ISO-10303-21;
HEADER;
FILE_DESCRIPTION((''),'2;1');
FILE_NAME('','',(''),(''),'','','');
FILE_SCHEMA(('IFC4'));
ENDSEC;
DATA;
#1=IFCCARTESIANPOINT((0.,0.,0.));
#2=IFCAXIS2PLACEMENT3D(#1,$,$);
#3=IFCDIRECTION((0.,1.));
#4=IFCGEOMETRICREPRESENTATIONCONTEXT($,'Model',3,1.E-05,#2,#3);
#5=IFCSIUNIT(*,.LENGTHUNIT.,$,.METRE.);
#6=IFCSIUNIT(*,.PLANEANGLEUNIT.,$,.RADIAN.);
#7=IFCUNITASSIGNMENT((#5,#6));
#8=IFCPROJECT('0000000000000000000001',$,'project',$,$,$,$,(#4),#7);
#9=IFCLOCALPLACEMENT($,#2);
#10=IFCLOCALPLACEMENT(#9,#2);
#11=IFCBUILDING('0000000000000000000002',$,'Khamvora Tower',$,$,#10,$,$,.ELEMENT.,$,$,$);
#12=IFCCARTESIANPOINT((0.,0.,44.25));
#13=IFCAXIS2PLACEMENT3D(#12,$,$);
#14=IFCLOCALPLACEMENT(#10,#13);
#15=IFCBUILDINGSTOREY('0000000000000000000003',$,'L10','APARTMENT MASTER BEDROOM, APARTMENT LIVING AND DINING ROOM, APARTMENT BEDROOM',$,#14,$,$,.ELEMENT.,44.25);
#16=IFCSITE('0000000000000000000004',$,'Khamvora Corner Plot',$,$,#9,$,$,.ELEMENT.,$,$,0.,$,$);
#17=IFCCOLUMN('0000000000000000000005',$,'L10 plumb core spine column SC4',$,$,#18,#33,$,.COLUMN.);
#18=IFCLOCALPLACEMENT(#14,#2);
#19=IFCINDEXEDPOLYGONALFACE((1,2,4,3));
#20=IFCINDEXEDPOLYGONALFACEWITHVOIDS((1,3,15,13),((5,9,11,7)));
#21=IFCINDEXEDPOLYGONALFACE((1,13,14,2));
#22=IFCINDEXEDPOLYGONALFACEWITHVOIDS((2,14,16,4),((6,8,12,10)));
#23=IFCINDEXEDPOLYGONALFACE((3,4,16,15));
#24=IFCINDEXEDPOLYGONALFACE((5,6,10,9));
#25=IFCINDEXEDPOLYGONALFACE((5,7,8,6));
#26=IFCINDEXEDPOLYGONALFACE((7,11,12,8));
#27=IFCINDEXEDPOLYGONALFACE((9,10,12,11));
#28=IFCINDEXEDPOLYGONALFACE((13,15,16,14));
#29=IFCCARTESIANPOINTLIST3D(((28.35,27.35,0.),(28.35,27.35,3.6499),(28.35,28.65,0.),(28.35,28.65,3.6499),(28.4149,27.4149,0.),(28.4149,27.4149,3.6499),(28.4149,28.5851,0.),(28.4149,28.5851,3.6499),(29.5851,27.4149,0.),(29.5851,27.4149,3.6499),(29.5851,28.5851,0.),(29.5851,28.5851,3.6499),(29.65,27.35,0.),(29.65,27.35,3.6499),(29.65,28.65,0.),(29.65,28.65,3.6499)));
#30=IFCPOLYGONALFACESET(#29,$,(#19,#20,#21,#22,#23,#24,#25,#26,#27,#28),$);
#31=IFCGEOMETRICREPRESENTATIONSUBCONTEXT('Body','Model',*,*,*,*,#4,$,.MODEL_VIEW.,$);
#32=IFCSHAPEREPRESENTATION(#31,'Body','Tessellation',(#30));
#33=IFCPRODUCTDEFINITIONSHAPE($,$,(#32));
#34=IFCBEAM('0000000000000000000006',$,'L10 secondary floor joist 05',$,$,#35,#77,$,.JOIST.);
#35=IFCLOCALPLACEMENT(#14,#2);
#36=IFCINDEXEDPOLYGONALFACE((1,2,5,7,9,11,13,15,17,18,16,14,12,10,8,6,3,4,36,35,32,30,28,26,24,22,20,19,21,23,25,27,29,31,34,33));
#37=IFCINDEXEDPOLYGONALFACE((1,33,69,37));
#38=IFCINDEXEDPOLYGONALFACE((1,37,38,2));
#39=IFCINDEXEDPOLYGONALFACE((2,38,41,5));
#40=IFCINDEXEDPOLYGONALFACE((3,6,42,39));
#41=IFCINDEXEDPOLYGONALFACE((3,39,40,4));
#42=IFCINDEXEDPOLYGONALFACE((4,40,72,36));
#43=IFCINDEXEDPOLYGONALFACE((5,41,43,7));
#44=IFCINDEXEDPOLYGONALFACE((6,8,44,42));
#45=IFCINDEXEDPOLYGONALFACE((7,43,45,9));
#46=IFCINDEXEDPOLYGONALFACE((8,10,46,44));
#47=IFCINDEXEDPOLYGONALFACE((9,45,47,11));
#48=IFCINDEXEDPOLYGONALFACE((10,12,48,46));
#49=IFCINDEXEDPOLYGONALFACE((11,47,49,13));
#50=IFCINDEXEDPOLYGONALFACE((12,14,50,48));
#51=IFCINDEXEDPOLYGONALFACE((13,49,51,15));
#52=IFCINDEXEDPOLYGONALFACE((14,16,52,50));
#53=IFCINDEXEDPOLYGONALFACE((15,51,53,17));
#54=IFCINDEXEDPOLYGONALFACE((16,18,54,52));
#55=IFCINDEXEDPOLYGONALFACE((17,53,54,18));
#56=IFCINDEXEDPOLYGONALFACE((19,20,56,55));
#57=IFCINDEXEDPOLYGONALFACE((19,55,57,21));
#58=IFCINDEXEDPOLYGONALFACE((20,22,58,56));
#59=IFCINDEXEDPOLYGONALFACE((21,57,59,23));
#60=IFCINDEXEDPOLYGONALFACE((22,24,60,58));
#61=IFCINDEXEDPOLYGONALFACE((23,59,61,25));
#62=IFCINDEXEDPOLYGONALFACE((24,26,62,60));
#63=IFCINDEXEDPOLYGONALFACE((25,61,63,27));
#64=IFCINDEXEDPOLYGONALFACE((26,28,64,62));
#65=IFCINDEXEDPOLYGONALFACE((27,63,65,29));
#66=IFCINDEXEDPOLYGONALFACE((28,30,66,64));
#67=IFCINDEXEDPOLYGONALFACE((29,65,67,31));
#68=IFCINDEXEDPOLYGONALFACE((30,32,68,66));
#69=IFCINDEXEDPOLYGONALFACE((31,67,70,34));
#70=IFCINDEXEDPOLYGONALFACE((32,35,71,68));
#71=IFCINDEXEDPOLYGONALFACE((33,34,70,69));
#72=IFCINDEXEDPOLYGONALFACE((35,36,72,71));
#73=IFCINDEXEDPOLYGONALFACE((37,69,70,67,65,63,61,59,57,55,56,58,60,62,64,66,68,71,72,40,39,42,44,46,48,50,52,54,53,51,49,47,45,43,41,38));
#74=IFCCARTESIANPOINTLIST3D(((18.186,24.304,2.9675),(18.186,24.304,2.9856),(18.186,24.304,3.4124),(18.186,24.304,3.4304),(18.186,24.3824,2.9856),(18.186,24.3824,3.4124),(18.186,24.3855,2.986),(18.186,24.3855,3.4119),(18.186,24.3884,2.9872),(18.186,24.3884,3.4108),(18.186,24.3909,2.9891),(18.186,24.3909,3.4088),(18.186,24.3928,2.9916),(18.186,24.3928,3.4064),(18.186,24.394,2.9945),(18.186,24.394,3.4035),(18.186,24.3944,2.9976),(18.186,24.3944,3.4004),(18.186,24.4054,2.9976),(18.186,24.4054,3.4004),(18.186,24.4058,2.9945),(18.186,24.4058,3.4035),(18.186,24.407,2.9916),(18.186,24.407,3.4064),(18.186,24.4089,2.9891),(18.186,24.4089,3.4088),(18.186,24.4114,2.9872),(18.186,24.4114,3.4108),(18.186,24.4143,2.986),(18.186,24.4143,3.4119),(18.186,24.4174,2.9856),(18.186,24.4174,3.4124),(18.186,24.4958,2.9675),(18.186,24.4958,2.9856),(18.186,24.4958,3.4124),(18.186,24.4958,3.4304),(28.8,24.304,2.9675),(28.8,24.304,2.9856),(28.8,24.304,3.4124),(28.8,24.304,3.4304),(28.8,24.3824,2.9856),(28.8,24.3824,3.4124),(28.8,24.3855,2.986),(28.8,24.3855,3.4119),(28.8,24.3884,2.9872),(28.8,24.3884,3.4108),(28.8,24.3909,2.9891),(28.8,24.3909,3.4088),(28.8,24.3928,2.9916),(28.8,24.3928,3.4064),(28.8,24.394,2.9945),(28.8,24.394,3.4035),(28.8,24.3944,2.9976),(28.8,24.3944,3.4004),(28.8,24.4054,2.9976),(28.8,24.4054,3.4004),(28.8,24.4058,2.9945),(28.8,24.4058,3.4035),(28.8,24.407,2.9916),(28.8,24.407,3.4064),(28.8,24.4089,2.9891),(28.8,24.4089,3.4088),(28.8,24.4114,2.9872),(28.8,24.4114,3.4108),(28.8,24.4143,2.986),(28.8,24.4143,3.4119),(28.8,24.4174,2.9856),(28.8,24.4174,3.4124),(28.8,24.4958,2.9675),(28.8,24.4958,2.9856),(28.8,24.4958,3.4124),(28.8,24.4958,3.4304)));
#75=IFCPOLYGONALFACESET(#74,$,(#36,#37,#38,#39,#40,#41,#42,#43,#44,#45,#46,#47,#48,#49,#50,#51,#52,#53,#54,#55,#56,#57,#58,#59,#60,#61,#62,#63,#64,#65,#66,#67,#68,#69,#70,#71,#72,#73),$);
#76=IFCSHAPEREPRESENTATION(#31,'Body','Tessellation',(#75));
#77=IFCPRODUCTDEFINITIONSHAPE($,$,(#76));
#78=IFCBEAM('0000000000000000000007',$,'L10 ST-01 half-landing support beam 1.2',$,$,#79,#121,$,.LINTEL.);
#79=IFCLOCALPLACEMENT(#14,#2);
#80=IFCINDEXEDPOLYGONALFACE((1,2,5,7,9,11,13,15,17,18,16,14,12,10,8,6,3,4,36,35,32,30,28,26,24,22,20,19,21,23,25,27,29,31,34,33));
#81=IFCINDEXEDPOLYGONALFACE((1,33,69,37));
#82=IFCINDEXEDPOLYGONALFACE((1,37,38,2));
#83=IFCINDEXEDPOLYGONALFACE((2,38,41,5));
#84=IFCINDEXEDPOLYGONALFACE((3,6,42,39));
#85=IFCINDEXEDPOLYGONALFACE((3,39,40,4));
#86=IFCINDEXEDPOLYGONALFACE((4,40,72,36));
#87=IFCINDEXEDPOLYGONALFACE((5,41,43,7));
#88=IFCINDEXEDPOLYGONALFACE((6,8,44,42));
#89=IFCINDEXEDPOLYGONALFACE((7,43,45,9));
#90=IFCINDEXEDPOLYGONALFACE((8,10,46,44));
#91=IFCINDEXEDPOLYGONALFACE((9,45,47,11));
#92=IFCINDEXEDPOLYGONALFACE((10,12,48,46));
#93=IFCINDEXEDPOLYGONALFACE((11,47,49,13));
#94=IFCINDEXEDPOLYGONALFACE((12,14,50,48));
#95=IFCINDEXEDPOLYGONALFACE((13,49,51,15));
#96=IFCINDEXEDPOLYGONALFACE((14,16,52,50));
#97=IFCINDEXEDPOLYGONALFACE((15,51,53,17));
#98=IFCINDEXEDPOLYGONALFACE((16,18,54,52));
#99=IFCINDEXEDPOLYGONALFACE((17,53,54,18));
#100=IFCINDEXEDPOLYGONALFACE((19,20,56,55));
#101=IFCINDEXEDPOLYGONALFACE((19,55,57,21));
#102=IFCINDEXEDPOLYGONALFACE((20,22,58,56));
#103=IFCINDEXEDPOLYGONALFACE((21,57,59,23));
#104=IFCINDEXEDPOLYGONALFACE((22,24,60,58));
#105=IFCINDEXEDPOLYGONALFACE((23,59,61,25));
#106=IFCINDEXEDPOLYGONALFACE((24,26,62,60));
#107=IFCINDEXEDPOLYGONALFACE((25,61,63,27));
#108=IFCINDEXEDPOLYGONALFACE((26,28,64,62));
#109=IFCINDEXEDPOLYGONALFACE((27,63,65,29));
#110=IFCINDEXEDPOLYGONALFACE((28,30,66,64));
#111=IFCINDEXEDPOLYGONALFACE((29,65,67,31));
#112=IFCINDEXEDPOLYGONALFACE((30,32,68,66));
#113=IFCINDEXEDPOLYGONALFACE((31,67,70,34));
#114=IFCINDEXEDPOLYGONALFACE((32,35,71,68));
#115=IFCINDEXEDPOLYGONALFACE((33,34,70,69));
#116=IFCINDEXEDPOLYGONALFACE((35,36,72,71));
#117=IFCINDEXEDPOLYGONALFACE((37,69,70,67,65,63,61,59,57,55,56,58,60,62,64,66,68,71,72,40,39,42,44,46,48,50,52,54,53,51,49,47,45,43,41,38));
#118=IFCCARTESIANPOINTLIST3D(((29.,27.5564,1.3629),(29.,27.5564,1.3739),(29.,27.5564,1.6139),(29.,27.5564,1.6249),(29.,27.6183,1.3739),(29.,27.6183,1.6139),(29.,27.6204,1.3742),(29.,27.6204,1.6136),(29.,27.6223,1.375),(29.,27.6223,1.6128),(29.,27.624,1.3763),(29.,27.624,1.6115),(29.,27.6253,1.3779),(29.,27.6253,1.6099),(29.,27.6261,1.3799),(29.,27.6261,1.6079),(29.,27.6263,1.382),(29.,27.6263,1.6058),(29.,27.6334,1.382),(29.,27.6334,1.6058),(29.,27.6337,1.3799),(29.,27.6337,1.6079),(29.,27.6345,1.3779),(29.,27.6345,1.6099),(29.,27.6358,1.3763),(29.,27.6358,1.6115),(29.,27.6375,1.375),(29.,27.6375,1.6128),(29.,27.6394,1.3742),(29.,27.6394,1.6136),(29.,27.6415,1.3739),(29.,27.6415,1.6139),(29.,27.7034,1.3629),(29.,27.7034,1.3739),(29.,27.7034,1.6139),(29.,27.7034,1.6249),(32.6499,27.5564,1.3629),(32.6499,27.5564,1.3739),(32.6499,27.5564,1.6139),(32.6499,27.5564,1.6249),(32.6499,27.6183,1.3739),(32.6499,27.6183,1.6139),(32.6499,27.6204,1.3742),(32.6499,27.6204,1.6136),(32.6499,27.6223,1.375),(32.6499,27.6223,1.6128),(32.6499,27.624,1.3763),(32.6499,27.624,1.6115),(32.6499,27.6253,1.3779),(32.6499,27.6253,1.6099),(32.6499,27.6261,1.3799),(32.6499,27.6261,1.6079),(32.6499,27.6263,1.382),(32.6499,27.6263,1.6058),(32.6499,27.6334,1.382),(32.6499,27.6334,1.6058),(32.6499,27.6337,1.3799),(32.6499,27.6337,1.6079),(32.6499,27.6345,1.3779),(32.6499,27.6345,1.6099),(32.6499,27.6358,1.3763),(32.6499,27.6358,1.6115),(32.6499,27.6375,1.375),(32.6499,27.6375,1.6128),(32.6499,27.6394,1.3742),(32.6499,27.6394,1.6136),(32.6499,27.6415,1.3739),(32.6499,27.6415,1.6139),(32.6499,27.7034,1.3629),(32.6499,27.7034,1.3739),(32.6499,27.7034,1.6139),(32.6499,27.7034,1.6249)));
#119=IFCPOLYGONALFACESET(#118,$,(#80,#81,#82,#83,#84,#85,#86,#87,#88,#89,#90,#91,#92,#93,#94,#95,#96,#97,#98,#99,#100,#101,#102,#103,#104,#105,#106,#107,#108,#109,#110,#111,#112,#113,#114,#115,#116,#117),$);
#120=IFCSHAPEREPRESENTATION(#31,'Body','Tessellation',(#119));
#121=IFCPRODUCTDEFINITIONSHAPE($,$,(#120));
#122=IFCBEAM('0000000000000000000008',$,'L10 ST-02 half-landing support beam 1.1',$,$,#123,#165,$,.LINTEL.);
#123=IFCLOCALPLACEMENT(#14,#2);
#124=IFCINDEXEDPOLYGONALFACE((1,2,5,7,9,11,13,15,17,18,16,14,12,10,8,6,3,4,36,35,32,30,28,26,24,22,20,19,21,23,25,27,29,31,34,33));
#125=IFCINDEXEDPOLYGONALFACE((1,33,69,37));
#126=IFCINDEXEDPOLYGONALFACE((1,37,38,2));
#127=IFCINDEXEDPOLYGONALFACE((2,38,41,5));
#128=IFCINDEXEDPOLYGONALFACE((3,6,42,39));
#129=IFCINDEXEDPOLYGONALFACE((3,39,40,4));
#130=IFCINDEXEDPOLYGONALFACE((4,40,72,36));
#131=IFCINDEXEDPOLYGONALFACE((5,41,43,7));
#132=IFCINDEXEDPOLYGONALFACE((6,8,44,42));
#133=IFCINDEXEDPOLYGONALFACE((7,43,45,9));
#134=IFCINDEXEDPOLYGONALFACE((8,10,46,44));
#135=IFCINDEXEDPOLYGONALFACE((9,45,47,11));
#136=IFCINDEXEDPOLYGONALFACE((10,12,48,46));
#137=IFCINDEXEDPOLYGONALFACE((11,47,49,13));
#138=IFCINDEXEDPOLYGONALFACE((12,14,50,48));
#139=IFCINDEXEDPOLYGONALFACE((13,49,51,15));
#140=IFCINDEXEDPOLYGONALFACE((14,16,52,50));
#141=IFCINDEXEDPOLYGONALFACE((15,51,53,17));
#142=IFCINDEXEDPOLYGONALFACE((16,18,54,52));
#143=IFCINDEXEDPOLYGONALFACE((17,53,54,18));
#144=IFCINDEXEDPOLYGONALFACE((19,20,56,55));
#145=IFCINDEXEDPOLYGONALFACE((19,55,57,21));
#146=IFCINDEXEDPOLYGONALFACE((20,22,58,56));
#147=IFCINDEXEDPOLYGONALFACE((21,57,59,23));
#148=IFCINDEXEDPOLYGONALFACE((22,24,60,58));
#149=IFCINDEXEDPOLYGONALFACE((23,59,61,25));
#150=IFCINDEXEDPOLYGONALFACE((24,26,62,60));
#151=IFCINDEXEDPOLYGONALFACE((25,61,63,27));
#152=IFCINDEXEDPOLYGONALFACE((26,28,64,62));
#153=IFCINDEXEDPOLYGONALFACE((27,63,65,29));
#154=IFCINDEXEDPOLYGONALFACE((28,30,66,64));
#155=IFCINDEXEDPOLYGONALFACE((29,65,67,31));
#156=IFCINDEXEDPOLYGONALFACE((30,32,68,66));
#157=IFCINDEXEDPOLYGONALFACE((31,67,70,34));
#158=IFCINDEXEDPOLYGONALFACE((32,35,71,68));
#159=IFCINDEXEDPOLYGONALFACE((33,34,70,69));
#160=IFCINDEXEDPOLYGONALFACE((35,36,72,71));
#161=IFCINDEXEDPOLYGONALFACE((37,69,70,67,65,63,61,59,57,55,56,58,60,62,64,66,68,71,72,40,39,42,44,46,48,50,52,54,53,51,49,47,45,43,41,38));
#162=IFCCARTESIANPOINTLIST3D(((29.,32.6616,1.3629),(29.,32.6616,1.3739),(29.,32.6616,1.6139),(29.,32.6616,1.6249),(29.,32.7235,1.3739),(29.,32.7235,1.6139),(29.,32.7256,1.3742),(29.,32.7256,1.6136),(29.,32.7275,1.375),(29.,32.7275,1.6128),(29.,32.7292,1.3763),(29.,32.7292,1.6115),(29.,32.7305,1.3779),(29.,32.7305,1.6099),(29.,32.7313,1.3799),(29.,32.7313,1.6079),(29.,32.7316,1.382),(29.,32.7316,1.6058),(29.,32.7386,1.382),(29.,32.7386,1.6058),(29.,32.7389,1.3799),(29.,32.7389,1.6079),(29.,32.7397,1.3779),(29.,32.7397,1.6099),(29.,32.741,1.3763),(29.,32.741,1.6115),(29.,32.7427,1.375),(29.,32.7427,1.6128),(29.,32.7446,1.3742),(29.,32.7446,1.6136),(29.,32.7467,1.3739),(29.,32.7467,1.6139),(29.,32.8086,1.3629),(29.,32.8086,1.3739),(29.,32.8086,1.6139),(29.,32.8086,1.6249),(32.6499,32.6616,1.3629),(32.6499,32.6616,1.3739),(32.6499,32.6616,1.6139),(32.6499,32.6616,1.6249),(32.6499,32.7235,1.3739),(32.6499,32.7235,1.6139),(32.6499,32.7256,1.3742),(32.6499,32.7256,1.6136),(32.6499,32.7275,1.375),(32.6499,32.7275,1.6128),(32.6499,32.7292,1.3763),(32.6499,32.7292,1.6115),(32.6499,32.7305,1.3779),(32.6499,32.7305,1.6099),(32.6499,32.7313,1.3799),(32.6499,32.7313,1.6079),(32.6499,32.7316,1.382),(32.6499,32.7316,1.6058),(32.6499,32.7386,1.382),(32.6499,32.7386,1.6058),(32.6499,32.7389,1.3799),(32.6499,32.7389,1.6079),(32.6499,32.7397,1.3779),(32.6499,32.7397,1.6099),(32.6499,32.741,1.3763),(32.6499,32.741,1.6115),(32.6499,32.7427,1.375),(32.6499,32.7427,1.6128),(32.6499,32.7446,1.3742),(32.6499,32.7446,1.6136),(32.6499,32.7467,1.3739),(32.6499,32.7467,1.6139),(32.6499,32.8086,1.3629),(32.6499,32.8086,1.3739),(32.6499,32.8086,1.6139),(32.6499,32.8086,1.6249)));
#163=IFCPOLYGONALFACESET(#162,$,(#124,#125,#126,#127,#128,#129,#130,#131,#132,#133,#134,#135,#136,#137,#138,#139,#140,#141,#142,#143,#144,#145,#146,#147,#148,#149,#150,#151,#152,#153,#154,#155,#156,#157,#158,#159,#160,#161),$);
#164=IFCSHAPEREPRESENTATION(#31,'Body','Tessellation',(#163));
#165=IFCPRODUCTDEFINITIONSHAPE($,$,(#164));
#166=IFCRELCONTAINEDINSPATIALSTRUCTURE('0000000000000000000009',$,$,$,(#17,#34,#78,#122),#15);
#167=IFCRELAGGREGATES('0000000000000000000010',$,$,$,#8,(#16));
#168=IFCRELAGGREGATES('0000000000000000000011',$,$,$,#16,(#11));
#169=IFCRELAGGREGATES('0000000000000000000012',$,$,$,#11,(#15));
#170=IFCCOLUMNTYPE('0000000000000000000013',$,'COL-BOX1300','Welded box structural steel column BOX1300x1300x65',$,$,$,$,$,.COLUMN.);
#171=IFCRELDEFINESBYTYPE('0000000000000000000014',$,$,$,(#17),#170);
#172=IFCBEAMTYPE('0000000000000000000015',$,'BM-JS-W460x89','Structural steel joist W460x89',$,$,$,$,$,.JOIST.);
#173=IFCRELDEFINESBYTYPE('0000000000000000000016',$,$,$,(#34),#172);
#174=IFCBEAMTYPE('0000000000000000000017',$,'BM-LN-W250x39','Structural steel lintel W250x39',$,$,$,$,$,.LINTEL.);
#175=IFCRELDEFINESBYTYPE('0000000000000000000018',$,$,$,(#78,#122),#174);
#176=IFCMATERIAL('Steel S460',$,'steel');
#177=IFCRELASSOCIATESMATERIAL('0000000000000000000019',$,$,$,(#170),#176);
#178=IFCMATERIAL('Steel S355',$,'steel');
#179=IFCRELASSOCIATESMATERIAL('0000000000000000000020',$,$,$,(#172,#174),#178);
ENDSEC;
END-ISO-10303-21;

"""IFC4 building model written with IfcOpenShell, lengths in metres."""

from ifc_helpers import new_model, si_unit, direction, frame, origin, origin_2d, place, context, subcontext, project, spatial, hollow_rectangle, i_section, extrude, material, material_profile, profile_set, type_object, element, save


model = new_model("IFC4")

# Units and contexts
model_context = context("Model", 3, precision=1e-05, world=origin(), true_north=direction((0.0, 1.0)))
body_context = subcontext(model_context, "Body", "Model", "MODEL_VIEW")
ifc_project = project(units=[si_unit("LENGTHUNIT", "METRE"), si_unit("PLANEANGLEUNIT", "RADIAN")], contexts=[model_context])

# Site, building, storey
site_placement = place(None, origin())
site = spatial("IfcSite", under=ifc_project, at=site_placement, Name="Khamvora Corner Plot", CompositionType="ELEMENT", RefElevation=0.0)
building_placement = place(site_placement, origin())
building = spatial("IfcBuilding", under=site, at=building_placement, Name="Khamvora Tower", CompositionType="ELEMENT")
storey_placement = place(building_placement, frame((0.0, 0.0, 44.25)))
storey = spatial("IfcBuildingStorey", under=building, at=storey_placement, Name="L10", Description="APARTMENT MASTER BEDROOM, APARTMENT LIVING AND DINING ROOM, APARTMENT BEDROOM", CompositionType="ELEMENT", Elevation=44.25)

# Column
ifc_material_1 = material(Name="Steel S460", Category="steel")
ifc_material_profile_1 = material_profile(ifc_material_1, hollow_rectangle(XDim=1.3, YDim=1.3, WallThickness=0.0649, at=origin_2d()), Name="BOX1300x1300x65")
ifc_profile_set_1 = profile_set([ifc_material_profile_1], Name="Steel S460")
column_type = type_object("IfcColumnType", Name="COL-BOX1300", Description="Welded box structural steel column BOX1300x1300x65", PredefinedType="COLUMN", material=ifc_profile_set_1)
column_placement = place(storey_placement, frame((29.0, 28.0, 0.0), z_axis=(0.0, 0.0, 1.0), x_axis=(1.0, 0.0, 0.0)))
element("IfcColumn", 1, at=column_placement, inside=storey, type_object=column_type, Name="L10 plumb core spine column SC4", PredefinedType="COLUMN", context=body_context, shape_type="SweptSolid", body=[
    extrude(hollow_rectangle(XDim=1.3, YDim=1.3, WallThickness=0.0649, at=origin_2d()), origin(), (0.0, 0.0, 1.0), 3.6499),
])

# Beams
ifc_material_2 = material(Name="Steel S355", Category="steel")
ifc_material_profile_2 = material_profile(ifc_material_2, i_section(OverallWidth=0.1919, OverallDepth=0.4629, WebThickness=0.011, FlangeThickness=0.0181, FilletRadius=0.012, at=origin_2d()), Name="W460x89")
ifc_profile_set_2 = profile_set([ifc_material_profile_2], Name="Steel S355")
beam_type_1 = type_object("IfcBeamType", Name="BM-JS-W460x89", Description="Structural steel joist W460x89", PredefinedType="JOIST", material=ifc_profile_set_2)
beam_1_placement = place(storey_placement, frame((18.186, 24.3999, 3.199), z_axis=(1.0, 0.0, 0.0), x_axis=(0.0, 1.0, 0.0)))
element("IfcBeam", 2, at=beam_1_placement, inside=storey, type_object=beam_type_1, Name="L10 secondary floor joist 05", PredefinedType="JOIST", context=body_context, shape_type="SweptSolid", body=[
    extrude(i_section(OverallWidth=0.1919, OverallDepth=0.4629, WebThickness=0.011, FlangeThickness=0.0181, FilletRadius=0.012, at=origin_2d()), origin(), (0.0, 0.0, 1.0), 10.614),
])
ifc_material_profile_3 = material_profile(ifc_material_2, i_section(OverallWidth=0.147, OverallDepth=0.262, WebThickness=0.0071, FlangeThickness=0.011, FilletRadius=0.0081, at=origin_2d()), Name="W250x39")
ifc_profile_set_3 = profile_set([ifc_material_profile_3], Name="Steel S355")
beam_type_2 = type_object("IfcBeamType", Name="BM-LN-W250x39", Description="Structural steel lintel W250x39", PredefinedType="LINTEL", material=ifc_profile_set_3)
for number, where, z_axis, x_axis, name in (
    (3, (29.0, 27.6299, 1.4939), (1.0, 0.0, 0.0), (0.0, 1.0, 0.0), "L10 ST-01 half-landing support beam 1.2"),
    (4, (29.0, 32.7351, 1.4939), (1.0, 0.0, 0.0), (0.0, 1.0, 0.0), "L10 ST-02 half-landing support beam 1.1"),
):
    element("IfcBeam", number, at=place(storey_placement, frame(where, z_axis=z_axis, x_axis=x_axis)), inside=storey, type_object=beam_type_2, Name=name, PredefinedType="LINTEL", context=body_context, shape_type="SweptSolid", body=[
        extrude(i_section(OverallWidth=0.147, OverallDepth=0.262, WebThickness=0.0071, FlangeThickness=0.011, FilletRadius=0.0081, at=origin_2d()), origin(), (0.0, 0.0, 1.0), 3.6499),
    ])

save(model, "model.ifc")
